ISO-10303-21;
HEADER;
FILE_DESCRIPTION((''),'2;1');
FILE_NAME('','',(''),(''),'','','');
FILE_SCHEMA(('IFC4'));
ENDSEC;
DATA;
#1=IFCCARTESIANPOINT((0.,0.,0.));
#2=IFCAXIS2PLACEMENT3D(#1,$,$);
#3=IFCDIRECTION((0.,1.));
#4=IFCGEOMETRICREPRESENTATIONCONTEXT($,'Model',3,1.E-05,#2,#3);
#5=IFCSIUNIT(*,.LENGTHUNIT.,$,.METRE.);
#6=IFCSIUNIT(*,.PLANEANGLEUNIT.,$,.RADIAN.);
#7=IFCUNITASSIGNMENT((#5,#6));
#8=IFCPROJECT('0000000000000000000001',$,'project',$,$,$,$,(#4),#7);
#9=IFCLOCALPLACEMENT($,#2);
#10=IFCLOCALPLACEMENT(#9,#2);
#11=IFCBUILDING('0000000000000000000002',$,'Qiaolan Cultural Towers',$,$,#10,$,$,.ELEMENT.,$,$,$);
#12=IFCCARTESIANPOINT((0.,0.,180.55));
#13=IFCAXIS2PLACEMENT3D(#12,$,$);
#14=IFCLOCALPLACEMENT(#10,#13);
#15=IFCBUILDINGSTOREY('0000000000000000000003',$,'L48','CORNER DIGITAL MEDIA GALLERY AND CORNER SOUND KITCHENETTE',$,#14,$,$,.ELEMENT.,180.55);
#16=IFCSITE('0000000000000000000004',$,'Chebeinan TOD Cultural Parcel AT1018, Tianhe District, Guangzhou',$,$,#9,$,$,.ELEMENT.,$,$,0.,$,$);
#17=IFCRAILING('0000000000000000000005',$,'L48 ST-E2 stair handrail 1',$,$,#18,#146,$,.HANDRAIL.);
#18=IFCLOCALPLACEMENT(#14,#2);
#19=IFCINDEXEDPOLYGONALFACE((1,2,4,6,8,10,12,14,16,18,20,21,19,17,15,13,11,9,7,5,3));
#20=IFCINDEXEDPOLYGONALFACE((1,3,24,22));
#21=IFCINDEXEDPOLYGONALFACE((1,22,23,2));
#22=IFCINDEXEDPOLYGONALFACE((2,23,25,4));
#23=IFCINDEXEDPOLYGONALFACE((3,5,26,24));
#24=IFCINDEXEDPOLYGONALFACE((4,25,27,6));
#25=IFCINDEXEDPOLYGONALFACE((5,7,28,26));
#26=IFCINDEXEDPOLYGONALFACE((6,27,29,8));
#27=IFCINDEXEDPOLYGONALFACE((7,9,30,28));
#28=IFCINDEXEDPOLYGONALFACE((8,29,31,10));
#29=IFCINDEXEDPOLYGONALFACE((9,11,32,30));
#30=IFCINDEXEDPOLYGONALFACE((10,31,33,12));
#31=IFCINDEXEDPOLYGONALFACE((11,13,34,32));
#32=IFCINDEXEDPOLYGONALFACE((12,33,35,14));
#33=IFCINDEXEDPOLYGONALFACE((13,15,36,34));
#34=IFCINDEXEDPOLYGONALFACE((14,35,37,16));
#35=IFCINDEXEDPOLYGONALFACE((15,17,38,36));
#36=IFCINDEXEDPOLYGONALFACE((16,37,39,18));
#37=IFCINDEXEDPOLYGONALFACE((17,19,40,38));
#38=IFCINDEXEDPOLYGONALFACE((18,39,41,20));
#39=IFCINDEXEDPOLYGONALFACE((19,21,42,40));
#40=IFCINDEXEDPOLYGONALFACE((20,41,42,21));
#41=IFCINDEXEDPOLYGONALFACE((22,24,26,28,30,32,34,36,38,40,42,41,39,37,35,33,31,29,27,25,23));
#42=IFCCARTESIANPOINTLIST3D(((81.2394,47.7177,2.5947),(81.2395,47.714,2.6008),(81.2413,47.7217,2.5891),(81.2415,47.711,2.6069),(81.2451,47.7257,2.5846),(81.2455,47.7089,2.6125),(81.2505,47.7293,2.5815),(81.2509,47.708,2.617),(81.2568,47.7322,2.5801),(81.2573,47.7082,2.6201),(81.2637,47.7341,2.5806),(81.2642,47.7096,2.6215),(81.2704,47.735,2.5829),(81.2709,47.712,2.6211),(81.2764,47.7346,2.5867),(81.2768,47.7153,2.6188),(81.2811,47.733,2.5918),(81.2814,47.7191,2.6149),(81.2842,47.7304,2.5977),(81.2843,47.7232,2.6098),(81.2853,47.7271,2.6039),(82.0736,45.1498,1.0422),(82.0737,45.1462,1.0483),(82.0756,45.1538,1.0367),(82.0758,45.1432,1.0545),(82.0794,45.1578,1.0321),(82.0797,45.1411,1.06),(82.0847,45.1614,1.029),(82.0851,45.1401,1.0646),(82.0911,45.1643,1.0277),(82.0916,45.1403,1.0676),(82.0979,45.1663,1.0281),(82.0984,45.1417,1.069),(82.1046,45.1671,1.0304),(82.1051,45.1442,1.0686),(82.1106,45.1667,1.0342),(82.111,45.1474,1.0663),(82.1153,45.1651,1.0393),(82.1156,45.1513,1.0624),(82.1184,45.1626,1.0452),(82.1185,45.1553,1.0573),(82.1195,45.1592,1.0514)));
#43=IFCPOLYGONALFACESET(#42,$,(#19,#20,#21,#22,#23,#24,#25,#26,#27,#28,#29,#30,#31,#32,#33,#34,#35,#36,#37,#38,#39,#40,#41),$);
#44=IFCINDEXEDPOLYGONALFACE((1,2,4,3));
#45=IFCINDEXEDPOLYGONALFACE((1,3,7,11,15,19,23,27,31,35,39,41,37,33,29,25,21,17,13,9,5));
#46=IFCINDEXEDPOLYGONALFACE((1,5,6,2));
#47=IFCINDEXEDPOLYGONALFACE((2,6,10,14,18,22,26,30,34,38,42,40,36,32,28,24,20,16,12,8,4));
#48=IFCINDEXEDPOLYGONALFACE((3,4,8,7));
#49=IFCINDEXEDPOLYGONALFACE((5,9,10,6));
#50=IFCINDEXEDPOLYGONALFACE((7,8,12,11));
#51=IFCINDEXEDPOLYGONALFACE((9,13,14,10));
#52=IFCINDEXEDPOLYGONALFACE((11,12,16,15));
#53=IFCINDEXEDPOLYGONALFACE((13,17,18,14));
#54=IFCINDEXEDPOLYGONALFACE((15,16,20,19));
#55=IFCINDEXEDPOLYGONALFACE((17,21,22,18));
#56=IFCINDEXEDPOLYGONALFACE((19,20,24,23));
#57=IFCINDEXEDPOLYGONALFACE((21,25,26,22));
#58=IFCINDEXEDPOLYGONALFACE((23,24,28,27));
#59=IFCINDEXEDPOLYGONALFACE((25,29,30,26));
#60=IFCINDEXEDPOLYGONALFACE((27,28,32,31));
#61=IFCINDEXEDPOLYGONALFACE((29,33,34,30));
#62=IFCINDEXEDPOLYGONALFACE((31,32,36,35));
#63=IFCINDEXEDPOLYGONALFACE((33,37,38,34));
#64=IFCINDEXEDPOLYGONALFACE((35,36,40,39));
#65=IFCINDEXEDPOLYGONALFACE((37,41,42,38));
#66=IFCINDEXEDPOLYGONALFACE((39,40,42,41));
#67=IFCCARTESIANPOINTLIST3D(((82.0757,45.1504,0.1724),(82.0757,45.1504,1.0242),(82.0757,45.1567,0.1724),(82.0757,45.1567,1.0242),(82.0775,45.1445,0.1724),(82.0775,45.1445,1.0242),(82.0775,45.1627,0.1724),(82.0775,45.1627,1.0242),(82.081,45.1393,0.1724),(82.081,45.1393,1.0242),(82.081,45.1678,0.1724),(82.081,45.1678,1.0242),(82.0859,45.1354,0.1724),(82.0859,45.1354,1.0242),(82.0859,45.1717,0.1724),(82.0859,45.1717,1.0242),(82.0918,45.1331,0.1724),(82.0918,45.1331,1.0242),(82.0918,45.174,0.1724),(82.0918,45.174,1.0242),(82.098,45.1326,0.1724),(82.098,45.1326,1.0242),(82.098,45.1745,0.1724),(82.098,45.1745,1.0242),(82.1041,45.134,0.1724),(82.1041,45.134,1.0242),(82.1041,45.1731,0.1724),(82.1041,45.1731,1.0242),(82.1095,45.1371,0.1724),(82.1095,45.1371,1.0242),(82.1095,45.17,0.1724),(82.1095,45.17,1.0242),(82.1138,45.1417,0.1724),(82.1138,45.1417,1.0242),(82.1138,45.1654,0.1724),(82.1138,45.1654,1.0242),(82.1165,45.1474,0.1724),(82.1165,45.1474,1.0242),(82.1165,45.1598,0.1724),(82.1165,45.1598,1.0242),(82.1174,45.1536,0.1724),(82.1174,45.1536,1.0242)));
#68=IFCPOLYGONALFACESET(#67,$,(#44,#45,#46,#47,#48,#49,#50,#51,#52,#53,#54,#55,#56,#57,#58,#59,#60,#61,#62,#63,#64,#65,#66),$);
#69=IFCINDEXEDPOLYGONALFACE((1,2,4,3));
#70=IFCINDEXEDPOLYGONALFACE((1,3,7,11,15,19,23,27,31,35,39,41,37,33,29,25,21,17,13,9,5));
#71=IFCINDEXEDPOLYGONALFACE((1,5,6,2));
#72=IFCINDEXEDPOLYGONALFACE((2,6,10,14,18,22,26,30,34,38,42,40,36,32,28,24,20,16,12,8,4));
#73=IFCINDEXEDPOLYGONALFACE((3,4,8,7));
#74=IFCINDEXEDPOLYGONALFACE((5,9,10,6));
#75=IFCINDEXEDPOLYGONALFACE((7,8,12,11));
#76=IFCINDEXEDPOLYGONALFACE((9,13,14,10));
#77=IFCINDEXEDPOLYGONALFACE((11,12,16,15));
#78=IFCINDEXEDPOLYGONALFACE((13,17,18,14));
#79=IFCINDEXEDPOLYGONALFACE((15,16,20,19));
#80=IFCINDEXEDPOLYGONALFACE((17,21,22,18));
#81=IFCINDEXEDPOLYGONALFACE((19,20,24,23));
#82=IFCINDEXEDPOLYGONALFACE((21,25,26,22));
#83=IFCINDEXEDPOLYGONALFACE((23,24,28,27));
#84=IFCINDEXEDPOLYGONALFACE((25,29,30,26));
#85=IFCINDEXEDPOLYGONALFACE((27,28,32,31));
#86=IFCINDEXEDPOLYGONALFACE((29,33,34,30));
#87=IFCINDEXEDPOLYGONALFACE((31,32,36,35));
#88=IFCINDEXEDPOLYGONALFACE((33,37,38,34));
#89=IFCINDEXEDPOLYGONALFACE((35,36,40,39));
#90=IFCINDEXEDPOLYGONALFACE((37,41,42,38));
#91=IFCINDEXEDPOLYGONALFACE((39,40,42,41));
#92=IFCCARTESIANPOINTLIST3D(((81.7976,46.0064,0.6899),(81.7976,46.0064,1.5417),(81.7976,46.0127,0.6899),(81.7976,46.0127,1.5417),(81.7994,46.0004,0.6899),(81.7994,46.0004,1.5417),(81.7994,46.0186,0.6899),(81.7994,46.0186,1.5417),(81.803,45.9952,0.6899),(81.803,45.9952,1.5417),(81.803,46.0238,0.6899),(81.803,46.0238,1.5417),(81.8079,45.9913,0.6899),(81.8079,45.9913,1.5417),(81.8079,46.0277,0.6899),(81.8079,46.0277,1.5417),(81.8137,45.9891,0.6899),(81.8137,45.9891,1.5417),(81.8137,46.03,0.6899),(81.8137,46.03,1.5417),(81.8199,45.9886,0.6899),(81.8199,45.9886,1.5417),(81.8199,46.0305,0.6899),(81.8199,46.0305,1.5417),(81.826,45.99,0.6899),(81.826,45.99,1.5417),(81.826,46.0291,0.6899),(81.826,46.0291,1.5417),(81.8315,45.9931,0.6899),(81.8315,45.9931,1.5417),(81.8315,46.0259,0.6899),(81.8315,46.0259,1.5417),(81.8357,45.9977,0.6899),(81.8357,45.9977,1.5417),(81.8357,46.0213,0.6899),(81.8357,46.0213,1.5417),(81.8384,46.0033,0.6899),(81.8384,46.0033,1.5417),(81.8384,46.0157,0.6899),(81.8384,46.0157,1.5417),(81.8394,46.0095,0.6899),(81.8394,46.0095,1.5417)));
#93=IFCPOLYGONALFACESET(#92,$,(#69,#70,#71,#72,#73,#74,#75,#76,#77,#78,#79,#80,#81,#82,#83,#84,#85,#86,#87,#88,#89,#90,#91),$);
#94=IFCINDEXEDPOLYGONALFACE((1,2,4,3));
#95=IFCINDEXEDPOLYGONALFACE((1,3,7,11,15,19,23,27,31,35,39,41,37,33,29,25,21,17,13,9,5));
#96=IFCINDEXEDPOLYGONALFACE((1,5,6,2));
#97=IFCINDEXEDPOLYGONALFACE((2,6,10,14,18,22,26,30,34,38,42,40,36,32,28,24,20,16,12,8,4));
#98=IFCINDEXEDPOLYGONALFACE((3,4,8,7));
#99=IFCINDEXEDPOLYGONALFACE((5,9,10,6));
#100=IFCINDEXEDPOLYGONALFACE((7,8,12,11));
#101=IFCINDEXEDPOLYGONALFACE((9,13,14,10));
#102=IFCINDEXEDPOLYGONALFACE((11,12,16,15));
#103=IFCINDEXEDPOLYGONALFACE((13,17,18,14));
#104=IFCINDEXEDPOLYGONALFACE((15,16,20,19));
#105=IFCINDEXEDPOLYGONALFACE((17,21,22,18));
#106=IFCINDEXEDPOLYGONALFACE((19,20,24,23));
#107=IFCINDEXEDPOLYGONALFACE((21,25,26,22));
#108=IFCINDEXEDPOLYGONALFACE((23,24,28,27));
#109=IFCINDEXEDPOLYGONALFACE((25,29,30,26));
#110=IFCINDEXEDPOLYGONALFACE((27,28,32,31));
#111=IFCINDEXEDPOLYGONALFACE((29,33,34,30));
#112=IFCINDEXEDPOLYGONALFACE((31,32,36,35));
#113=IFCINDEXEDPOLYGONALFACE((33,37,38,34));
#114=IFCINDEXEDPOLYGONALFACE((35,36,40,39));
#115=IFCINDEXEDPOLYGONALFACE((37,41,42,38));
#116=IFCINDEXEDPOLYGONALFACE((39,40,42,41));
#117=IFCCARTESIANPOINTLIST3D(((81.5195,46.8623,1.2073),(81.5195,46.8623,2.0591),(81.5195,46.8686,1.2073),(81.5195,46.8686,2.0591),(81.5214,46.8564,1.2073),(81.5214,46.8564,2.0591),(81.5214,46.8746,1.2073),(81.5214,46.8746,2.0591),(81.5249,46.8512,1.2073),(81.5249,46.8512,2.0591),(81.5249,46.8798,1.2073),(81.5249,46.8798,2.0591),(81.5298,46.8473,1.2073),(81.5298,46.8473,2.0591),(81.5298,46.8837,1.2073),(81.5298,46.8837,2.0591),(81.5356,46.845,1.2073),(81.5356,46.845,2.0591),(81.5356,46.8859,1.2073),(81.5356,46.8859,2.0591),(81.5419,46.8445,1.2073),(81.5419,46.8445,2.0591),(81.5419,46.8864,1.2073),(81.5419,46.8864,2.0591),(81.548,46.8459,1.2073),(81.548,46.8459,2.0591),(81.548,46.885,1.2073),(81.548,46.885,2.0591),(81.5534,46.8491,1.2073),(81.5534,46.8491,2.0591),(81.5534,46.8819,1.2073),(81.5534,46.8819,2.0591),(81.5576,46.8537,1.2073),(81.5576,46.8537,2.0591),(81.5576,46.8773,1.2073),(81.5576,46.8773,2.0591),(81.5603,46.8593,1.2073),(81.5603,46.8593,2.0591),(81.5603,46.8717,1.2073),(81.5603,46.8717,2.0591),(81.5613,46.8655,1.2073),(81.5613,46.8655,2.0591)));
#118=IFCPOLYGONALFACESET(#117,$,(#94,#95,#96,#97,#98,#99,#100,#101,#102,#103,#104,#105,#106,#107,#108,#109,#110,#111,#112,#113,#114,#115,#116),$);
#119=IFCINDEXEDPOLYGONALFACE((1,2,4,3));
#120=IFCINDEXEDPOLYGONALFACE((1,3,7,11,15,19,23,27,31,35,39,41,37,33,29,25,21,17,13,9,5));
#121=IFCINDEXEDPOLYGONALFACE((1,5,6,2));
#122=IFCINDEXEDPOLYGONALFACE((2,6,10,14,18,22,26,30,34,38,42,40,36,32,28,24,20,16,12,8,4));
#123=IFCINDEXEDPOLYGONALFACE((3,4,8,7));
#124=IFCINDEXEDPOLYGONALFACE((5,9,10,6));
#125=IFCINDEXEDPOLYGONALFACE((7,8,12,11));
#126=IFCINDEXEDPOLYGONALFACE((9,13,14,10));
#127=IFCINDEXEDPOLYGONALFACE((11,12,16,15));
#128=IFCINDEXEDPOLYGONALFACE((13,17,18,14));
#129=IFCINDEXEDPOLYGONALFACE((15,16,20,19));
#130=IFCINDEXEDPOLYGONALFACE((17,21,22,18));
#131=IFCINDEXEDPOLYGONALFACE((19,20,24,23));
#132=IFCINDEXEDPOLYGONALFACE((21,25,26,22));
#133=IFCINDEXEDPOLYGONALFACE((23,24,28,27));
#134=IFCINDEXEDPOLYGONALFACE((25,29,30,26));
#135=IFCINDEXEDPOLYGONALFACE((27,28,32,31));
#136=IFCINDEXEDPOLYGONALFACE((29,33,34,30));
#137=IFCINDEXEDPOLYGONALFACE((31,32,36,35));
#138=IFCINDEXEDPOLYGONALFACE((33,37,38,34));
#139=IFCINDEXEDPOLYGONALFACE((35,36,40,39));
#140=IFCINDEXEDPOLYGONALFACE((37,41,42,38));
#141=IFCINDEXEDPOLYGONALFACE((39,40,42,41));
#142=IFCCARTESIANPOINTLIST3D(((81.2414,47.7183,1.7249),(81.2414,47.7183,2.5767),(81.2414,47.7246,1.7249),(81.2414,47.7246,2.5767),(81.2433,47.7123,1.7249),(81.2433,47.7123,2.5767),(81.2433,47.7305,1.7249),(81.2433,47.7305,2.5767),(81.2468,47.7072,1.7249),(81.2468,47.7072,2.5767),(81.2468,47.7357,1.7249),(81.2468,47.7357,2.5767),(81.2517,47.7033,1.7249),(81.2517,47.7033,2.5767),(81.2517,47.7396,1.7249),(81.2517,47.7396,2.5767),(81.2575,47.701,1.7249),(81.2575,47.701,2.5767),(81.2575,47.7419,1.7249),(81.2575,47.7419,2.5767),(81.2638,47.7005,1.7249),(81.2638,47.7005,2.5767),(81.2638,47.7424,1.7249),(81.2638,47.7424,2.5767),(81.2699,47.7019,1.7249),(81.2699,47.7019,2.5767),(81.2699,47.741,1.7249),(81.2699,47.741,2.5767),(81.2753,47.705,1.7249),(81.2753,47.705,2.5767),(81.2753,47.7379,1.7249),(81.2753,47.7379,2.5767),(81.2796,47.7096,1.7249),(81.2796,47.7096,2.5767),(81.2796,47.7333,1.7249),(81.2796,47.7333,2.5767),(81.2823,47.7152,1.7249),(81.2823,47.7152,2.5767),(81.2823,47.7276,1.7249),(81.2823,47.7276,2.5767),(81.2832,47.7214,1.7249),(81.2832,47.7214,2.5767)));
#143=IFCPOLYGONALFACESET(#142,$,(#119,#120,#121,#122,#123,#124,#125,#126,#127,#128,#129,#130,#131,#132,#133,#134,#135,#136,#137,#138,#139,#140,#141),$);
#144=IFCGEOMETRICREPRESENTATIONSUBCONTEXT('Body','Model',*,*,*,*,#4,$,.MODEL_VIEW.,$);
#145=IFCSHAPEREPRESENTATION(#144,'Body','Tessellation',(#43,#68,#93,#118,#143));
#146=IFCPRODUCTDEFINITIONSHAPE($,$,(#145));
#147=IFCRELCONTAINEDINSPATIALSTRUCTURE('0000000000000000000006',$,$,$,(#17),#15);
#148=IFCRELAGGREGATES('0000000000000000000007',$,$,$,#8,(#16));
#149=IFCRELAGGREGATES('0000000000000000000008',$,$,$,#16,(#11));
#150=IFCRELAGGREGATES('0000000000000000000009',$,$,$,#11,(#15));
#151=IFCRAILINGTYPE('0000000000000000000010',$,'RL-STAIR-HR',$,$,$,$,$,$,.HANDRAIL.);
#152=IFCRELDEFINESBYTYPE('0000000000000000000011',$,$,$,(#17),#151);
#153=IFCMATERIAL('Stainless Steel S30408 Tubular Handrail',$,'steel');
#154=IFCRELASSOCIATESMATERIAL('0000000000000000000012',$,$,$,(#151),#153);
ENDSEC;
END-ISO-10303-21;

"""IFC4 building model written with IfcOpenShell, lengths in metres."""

from ifc_helpers import new_model, si_unit, direction, frame, origin, origin_2d, place, context, subcontext, project, spatial, circle, extrude, material, type_object, element, save


model = new_model("IFC4")

# Units and contexts
model_context = context("Model", 3, precision=1e-05, world=origin(), true_north=direction((0.0, 1.0)))
body_context = subcontext(model_context, "Body", "Model", "MODEL_VIEW")
ifc_project = project(units=[si_unit("LENGTHUNIT", "METRE"), si_unit("PLANEANGLEUNIT", "RADIAN")], contexts=[model_context])

# Site, building, storey
site_placement = place(None, origin())
site = spatial("IfcSite", under=ifc_project, at=site_placement, Name="Chebeinan TOD Cultural Parcel AT1018, Tianhe District, Guangzhou", CompositionType="ELEMENT", RefElevation=0.0)
building_placement = place(site_placement, origin())
building = spatial("IfcBuilding", under=site, at=building_placement, Name="Qiaolan Cultural Towers", CompositionType="ELEMENT")
storey_placement = place(building_placement, frame((0.0, 0.0, 180.55)))
storey = spatial("IfcBuildingStorey", under=building, at=storey_placement, Name="L48", Description="CORNER DIGITAL MEDIA GALLERY AND CORNER SOUND KITCHENETTE", CompositionType="ELEMENT", Elevation=180.55)

# Railing
ifc_material_1 = material(Name="Stainless Steel S30408 Tubular Handrail", Category="steel")
railing_type_1 = type_object("IfcRailingType", Name="RL-STAIR-HR", PredefinedType="HANDRAIL", material=ifc_material_1)
railing_1_placement = place(storey_placement, frame((82.0964, 45.1536, 0.1724)))
element("IfcRailing", 1, at=railing_1_placement, inside=storey, type_object=railing_type_1, Name="L48 ST-E2 stair handrail 1", PredefinedType="HANDRAIL", context=body_context, shape_type="SweptSolid", body=[
    extrude(circle(Radius=0.0239, at=origin_2d()), frame((0.0, 0.0, 0.876), z_axis=(-0.267853, 0.824488, 0.498471), x_axis=(-0.95107, -0.308976, 0.0)), (0.0, 0.0, 1.0), 3.1145),
    extrude(circle(Radius=0.021, at=origin_2d()), origin(), (0.0, 0.0, 1.0), 0.8518),
    extrude(circle(Radius=0.021, at=origin_2d()), frame((-0.2781, 0.856, 0.5176)), (0.0, 0.0, 1.0), 0.8518),
    extrude(circle(Radius=0.021, at=origin_2d()), frame((-0.5562, 1.7119, 1.0349)), (0.0, 0.0, 1.0), 0.8518),
    extrude(circle(Radius=0.021, at=origin_2d()), frame((-0.8342, 2.5679, 1.5525)), (0.0, 0.0, 1.0), 0.8518),
])

save(model, "model.ifc")
